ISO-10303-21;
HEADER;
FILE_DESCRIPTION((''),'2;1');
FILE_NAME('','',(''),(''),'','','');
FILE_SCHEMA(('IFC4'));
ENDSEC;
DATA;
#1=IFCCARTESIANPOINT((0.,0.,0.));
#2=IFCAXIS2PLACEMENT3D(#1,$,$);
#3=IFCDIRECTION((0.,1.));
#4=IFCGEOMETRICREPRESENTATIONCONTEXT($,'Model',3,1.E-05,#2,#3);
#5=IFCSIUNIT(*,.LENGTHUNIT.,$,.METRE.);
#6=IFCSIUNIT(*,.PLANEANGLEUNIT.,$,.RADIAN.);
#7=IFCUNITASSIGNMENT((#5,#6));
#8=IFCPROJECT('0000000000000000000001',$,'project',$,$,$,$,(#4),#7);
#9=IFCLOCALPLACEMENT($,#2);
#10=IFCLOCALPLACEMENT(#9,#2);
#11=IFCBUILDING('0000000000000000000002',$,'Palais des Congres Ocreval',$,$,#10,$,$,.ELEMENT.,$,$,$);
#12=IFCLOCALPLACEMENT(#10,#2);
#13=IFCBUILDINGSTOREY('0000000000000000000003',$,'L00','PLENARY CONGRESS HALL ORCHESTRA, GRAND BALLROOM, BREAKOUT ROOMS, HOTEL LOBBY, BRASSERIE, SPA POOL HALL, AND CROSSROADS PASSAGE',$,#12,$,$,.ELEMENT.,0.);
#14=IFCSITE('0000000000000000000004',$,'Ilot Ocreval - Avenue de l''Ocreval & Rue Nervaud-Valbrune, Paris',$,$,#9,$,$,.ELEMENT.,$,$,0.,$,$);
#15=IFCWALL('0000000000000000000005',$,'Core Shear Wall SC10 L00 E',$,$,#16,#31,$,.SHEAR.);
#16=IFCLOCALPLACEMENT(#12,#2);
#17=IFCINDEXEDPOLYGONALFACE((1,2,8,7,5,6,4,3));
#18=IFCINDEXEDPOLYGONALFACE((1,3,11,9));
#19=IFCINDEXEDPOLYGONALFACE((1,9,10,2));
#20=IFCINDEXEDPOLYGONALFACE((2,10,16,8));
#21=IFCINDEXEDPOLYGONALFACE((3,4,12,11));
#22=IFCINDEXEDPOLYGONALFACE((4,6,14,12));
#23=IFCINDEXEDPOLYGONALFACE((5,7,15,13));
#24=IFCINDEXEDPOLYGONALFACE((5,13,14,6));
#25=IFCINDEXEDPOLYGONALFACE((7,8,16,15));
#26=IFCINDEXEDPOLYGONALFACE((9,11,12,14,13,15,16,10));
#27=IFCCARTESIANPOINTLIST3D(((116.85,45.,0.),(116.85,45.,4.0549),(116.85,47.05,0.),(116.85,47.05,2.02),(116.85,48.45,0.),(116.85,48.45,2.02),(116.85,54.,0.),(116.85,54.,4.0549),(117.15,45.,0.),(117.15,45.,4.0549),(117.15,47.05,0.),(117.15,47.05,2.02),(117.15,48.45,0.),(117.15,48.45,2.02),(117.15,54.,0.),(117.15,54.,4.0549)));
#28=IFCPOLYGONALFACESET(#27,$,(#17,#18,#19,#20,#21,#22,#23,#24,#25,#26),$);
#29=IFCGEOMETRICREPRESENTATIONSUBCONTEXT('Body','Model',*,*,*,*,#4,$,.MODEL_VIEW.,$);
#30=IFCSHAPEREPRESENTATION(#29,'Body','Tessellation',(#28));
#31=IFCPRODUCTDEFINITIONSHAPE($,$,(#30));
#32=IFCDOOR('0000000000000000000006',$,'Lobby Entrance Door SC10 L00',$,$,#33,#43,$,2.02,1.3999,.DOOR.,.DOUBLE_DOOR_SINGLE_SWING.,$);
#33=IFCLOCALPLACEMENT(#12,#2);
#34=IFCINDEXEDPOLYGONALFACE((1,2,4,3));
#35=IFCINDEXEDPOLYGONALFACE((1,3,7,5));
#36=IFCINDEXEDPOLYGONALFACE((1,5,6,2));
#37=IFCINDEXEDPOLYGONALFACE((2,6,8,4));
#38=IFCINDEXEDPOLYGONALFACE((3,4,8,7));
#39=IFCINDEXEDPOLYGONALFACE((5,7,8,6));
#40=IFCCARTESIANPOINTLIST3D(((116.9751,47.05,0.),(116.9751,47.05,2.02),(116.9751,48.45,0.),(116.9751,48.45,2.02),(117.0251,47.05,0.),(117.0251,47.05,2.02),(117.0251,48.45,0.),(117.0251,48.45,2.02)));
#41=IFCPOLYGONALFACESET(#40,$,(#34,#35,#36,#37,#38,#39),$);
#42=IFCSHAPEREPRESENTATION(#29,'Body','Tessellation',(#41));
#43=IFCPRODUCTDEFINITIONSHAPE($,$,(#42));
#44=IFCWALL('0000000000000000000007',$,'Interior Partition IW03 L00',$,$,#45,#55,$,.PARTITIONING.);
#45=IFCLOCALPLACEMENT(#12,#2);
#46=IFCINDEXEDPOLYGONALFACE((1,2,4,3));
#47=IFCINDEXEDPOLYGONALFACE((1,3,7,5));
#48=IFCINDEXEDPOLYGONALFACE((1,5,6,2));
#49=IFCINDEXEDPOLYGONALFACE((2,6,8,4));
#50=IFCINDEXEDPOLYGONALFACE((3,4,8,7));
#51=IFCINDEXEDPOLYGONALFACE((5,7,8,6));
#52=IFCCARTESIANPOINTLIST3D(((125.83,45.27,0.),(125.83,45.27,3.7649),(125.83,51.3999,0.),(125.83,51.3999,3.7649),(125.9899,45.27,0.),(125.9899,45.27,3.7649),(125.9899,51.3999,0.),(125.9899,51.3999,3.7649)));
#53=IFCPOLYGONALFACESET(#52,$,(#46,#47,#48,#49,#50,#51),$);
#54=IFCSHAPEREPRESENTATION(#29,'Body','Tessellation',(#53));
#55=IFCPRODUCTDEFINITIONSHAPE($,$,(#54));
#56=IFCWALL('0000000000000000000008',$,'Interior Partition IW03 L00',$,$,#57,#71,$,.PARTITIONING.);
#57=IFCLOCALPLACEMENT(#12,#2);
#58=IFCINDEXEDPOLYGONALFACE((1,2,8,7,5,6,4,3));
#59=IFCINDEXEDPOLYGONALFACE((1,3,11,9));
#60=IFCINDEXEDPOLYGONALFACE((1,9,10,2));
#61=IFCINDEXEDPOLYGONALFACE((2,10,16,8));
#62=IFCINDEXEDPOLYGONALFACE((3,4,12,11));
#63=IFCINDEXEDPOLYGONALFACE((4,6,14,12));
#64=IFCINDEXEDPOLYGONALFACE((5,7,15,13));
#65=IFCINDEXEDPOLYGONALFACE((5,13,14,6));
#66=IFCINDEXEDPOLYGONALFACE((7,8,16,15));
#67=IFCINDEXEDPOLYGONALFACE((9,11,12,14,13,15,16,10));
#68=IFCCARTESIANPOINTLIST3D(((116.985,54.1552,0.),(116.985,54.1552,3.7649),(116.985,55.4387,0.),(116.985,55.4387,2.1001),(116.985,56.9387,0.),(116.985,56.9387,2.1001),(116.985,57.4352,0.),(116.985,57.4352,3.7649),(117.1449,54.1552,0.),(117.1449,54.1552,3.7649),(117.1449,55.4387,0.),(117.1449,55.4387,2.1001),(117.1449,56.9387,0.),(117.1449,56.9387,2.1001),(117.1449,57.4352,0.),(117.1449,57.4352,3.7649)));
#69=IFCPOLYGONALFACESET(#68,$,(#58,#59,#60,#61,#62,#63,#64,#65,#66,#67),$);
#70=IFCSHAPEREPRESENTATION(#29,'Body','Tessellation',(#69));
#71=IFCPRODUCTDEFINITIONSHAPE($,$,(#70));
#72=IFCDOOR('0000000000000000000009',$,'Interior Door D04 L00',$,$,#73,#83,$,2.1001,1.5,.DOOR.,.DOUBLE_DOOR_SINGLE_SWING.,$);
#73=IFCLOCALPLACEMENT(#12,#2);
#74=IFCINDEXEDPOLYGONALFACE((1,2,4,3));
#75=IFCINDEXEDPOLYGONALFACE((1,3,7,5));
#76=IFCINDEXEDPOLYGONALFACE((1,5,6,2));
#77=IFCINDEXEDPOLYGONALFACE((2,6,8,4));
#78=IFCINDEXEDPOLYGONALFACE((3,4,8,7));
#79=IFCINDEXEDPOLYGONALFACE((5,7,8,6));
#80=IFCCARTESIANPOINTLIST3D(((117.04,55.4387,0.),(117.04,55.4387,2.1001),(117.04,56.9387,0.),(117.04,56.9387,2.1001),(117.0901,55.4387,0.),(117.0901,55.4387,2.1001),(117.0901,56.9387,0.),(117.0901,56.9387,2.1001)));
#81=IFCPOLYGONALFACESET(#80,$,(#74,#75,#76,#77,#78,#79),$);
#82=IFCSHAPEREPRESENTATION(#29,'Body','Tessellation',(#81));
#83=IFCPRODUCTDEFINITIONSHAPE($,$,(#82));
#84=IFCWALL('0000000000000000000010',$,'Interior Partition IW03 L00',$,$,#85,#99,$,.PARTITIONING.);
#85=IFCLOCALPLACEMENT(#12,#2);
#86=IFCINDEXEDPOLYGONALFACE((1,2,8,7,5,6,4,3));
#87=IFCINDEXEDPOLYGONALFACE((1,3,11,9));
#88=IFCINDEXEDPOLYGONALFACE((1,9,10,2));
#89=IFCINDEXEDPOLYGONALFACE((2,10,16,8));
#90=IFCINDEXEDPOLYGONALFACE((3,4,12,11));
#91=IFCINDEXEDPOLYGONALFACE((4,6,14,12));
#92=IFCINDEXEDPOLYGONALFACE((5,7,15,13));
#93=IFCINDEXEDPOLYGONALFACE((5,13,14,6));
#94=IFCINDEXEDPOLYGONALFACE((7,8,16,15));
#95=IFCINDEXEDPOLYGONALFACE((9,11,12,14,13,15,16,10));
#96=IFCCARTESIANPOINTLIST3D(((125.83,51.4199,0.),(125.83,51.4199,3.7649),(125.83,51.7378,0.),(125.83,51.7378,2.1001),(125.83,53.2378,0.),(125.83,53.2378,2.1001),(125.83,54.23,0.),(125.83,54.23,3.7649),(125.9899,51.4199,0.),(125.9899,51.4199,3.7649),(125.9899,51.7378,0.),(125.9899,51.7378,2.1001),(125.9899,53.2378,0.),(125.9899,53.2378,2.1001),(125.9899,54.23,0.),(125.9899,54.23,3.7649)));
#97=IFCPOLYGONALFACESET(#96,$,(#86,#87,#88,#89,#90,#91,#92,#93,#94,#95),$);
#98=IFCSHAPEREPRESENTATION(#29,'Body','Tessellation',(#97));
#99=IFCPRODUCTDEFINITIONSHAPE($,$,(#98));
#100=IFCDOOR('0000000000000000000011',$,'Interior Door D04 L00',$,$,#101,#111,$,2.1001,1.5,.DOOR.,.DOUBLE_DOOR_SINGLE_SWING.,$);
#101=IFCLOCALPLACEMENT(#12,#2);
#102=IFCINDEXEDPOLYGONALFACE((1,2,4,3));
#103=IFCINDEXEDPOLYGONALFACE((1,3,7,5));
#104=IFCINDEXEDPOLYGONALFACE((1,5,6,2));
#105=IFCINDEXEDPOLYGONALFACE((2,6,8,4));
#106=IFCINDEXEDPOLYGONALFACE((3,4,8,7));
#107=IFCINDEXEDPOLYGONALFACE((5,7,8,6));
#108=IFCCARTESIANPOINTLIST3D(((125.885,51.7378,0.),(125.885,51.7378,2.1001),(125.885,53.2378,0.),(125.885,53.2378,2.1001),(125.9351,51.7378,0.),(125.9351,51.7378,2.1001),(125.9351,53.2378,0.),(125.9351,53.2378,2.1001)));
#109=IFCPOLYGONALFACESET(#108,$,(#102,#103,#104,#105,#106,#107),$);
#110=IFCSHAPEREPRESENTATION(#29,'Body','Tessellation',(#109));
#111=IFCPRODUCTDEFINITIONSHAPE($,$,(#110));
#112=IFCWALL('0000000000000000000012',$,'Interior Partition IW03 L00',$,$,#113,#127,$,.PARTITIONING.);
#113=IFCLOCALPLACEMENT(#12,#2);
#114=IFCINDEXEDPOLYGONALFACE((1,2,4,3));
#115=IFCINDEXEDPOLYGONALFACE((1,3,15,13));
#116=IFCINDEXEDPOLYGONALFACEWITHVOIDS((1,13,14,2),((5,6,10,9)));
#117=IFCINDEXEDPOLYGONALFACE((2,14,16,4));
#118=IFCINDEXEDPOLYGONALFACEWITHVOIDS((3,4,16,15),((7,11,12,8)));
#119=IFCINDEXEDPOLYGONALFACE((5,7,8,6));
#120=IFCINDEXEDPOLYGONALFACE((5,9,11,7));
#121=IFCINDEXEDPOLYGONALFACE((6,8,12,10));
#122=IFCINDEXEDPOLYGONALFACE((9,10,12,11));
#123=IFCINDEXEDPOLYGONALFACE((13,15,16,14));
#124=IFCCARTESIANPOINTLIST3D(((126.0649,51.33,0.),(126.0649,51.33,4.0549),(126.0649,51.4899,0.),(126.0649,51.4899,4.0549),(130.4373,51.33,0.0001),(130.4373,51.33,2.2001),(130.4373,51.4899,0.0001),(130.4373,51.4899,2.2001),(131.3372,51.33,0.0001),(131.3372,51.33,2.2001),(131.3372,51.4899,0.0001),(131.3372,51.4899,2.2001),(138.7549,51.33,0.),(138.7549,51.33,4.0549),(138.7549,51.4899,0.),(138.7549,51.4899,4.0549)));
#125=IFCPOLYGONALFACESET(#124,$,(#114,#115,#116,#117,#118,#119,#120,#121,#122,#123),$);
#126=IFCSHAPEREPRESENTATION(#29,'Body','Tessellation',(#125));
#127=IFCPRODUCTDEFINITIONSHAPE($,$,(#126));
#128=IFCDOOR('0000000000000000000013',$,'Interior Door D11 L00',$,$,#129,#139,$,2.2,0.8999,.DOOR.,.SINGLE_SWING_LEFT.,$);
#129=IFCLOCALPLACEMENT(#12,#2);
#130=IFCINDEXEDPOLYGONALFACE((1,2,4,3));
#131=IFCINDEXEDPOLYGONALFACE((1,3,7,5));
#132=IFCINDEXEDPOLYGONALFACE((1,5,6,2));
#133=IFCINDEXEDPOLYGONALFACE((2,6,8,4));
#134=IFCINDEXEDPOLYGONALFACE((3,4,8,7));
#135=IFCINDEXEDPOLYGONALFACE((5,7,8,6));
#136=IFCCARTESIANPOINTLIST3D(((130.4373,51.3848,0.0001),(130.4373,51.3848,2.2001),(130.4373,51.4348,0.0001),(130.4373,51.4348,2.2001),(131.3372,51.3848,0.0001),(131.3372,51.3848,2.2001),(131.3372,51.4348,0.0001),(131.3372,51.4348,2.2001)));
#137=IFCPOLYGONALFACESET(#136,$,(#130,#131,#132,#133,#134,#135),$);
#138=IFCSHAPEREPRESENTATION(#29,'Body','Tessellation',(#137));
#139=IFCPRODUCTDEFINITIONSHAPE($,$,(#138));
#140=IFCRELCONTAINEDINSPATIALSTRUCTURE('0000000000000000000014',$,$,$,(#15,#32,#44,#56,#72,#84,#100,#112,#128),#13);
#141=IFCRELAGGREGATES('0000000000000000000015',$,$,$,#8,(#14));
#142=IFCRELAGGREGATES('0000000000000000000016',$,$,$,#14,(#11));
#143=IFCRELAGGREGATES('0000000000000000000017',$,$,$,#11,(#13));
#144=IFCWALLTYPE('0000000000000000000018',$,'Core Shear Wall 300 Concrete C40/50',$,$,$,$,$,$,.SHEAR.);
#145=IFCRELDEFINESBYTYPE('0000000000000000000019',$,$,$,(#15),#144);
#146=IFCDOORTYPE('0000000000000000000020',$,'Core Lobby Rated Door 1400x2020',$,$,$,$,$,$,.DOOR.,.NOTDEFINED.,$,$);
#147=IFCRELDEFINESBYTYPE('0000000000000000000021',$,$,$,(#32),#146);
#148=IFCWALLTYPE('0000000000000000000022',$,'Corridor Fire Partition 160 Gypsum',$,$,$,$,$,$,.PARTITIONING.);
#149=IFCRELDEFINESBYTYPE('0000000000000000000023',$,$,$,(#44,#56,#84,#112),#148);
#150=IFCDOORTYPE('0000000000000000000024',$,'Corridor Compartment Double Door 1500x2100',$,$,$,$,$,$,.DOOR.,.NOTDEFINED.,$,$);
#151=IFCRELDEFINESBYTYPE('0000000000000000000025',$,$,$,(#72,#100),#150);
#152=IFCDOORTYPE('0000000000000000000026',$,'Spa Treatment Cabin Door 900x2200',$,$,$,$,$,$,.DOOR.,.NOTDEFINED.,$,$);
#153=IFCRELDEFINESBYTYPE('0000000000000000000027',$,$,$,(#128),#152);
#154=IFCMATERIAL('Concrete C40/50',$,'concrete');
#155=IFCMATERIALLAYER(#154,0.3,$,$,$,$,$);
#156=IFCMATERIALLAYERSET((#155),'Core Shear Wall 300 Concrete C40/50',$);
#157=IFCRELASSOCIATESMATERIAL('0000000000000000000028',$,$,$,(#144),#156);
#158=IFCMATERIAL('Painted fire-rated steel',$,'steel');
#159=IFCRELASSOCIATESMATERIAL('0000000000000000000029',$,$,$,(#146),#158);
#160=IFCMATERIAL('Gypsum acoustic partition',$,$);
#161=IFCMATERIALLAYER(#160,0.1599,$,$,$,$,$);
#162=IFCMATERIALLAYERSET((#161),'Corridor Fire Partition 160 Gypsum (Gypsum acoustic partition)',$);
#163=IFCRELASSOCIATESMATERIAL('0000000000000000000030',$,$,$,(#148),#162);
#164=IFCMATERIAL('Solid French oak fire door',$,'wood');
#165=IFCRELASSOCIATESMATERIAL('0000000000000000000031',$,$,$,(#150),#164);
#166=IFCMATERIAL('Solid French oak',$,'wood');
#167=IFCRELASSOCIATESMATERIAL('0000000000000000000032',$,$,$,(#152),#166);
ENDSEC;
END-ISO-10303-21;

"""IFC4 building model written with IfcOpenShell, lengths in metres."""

from ifc_helpers import new_model, si_unit, direction, frame, frame_2d, origin, place, context, subcontext, project, spatial, rectangle, extrude, material, layer, layer_set, type_object, element, fill, save


model = new_model("IFC4")

# Units and contexts
model_context = context("Model", 3, precision=1e-05, world=origin(), true_north=direction((0.0, 1.0)))
body_context = subcontext(model_context, "Body", "Model", "MODEL_VIEW")
ifc_project = project(units=[si_unit("LENGTHUNIT", "METRE"), si_unit("PLANEANGLEUNIT", "RADIAN")], contexts=[model_context])

# Site, building, storey
site_placement = place(None, origin())
site = spatial("IfcSite", under=ifc_project, at=site_placement, Name="Ilot Ocreval - Avenue de l'Ocreval & Rue Nervaud-Valbrune, Paris", CompositionType="ELEMENT", RefElevation=0.0)
building_placement = place(site_placement, origin())
building = spatial("IfcBuilding", under=site, at=building_placement, Name="Palais des Congres Ocreval", CompositionType="ELEMENT")
storey_placement = place(building_placement, origin())
storey = spatial("IfcBuildingStorey", under=building, at=storey_placement, Name="L00", Description="PLENARY CONGRESS HALL ORCHESTRA, GRAND BALLROOM, BREAKOUT ROOMS, HOTEL LOBBY, BRASSERIE, SPA POOL HALL, AND CROSSROADS PASSAGE", CompositionType="ELEMENT", Elevation=0.0)

# Wall, opening, door
ifc_material_1 = material(Name="Concrete C40/50", Category="concrete")
ifc_layer_1 = layer(ifc_material_1, 0.3)
ifc_layer_set_1 = layer_set([ifc_layer_1], Name="Core Shear Wall 300 Concrete C40/50")
wall_type_1 = type_object("IfcWallType", Name="Core Shear Wall 300 Concrete C40/50", PredefinedType="SHEAR", material=ifc_layer_set_1)
wall_1_placement = place(storey_placement, frame((117.0, 45.0, 0.0), z_axis=(0.0, 0.0, 1.0), x_axis=(0.0, 1.0, 0.0)))
wall_1 = element("IfcWall", 1, at=wall_1_placement, inside=storey, type_object=wall_type_1, Name="Core Shear Wall SC10 L00 E", PredefinedType="SHEAR", context=body_context, shape_type="SweptSolid", body=[
    extrude(rectangle(XDim=9.0, YDim=0.3, at=frame_2d((4.5, 0.0))), origin(), (0.0, 0.0, 1.0), 4.0549),
])
opening_1_placement = place(wall_1_placement, frame((2.05, 0.0, 0.0)))
opening_1 = element("IfcOpeningElement", 2, at=opening_1_placement, cuts=wall_1, PredefinedType="OPENING", context=body_context, shape_type="SweptSolid", body=[
    extrude(rectangle(XDim=1.3999, YDim=2.02, at=frame_2d((0.7, 1.01))), frame((0.0, 0.1599, 0.0), z_axis=(0.0, -1.0, 0.0), x_axis=(1.0, 0.0, 0.0)), (0.0, 0.0, 1.0), 0.3201),
])
ifc_material_2 = material(Name="Painted fire-rated steel", Category="steel")
door_type_1 = type_object("IfcDoorType", Name="Core Lobby Rated Door 1400x2020", OperationType="NOTDEFINED", PredefinedType="DOOR", material=ifc_material_2)
door_1_placement = place(opening_1_placement, origin())
door_1 = element("IfcDoor", 3, at=door_1_placement, inside=storey, type_object=door_type_1, Name="Lobby Entrance Door SC10 L00", OperationType="DOUBLE_DOOR_SINGLE_SWING", OverallHeight=2.02, OverallWidth=1.3999, PredefinedType="DOOR", context=body_context, shape_type="SweptSolid", body=[
    extrude(rectangle(XDim=1.3999, YDim=2.02, at=frame_2d((0.7, 1.01))), frame((0.0, 0.0249, 0.0), z_axis=(0.0, -1.0, 0.0), x_axis=(1.0, 0.0, 0.0)), (0.0, 0.0, 1.0), 0.05),
])
fill(opening_1, door_1)

# Wall
ifc_material_3 = material(Name="Gypsum acoustic partition")
ifc_layer_2 = layer(ifc_material_3, 0.1599)
ifc_layer_set_2 = layer_set([ifc_layer_2], Name="Corridor Fire Partition 160 Gypsum (Gypsum acoustic partition)")
wall_type_2 = type_object("IfcWallType", Name="Corridor Fire Partition 160 Gypsum", PredefinedType="PARTITIONING", material=ifc_layer_set_2)
wall_2_placement = place(storey_placement, frame((125.9099, 45.27, 0.0), z_axis=(0.0, 0.0, 1.0), x_axis=(0.0, 1.0, 0.0)))
element("IfcWall", 4, at=wall_2_placement, inside=storey, type_object=wall_type_2, Name="Interior Partition IW03 L00", PredefinedType="PARTITIONING", context=body_context, shape_type="SweptSolid", body=[
    extrude(rectangle(XDim=6.1299, YDim=0.1599, at=frame_2d((3.0649, 0.0))), origin(), (0.0, 0.0, 1.0), 3.7649),
])

# Walls, openings, doors
wall_3_placement = place(storey_placement, frame((117.0649, 54.155, 0.0), z_axis=(0.0, 0.0, 1.0), x_axis=(0.0, 1.0, 0.0)))
wall_3 = element("IfcWall", 5, at=wall_3_placement, inside=storey, type_object=wall_type_2, Name="Interior Partition IW03 L00", PredefinedType="PARTITIONING", context=body_context, shape_type="SweptSolid", body=[
    extrude(rectangle(XDim=3.28, YDim=0.1599, at=frame_2d((1.6401, 0.0))), origin(), (0.0, 0.0, 1.0), 3.7649),
])
opening_2_placement = place(wall_3_placement, frame((1.2837, 0.0, 0.0)))
opening_2 = element("IfcOpeningElement", 6, at=opening_2_placement, cuts=wall_3, PredefinedType="OPENING", context=body_context, shape_type="SweptSolid", body=[
    extrude(rectangle(XDim=1.5, YDim=2.1001, at=frame_2d((0.75, 1.05))), frame((0.0, 0.0898, 0.0), z_axis=(0.0, -1.0, 0.0), x_axis=(1.0, 0.0, 0.0)), (0.0, 0.0, 1.0), 0.1799),
])
ifc_material_4 = material(Name="Solid French oak fire door", Category="wood")
door_type_2 = type_object("IfcDoorType", Name="Corridor Compartment Double Door 1500x2100", OperationType="NOTDEFINED", PredefinedType="DOOR", material=ifc_material_4)
door_2_placement = place(opening_2_placement, origin())
door_2 = element("IfcDoor", 7, at=door_2_placement, inside=storey, type_object=door_type_2, Name="Interior Door D04 L00", OperationType="DOUBLE_DOOR_SINGLE_SWING", OverallHeight=2.1001, OverallWidth=1.5, PredefinedType="DOOR", context=body_context, shape_type="SweptSolid", body=[
    extrude(rectangle(XDim=1.5, YDim=2.1001, at=frame_2d((0.75, 1.05))), frame((0.0, 0.0249, 0.0), z_axis=(0.0, -1.0, 0.0), x_axis=(1.0, 0.0, 0.0)), (0.0, 0.0, 1.0), 0.05),
])
fill(opening_2, door_2)
wall_4_placement = place(storey_placement, frame((125.9099, 51.4199, 0.0), z_axis=(0.0, 0.0, 1.0), x_axis=(0.0, 1.0, 0.0)))
wall_4 = element("IfcWall", 8, at=wall_4_placement, inside=storey, type_object=wall_type_2, Name="Interior Partition IW03 L00", PredefinedType="PARTITIONING", context=body_context, shape_type="SweptSolid", body=[
    extrude(rectangle(XDim=2.8101, YDim=0.1599, at=frame_2d((1.405, 0.0))), origin(), (0.0, 0.0, 1.0), 3.7649),
])
opening_3_placement = place(wall_4_placement, frame((0.3179, 0.0, 0.0)))
opening_3 = element("IfcOpeningElement", 9, at=opening_3_placement, cuts=wall_4, PredefinedType="OPENING", context=body_context, shape_type="SweptSolid", body=[
    extrude(rectangle(XDim=1.5, YDim=2.1001, at=frame_2d((0.75, 1.05))), frame((0.0, 0.0898, 0.0), z_axis=(0.0, -1.0, 0.0), x_axis=(1.0, 0.0, 0.0)), (0.0, 0.0, 1.0), 0.1799),
])
door_3_placement = place(opening_3_placement, origin())
door_3 = element("IfcDoor", 10, at=door_3_placement, inside=storey, type_object=door_type_2, Name="Interior Door D04 L00", OperationType="DOUBLE_DOOR_SINGLE_SWING", OverallHeight=2.1001, OverallWidth=1.5, PredefinedType="DOOR", context=body_context, shape_type="SweptSolid", body=[
    extrude(rectangle(XDim=1.5, YDim=2.1001, at=frame_2d((0.75, 1.05))), frame((0.0, 0.0249, 0.0), z_axis=(0.0, -1.0, 0.0), x_axis=(1.0, 0.0, 0.0)), (0.0, 0.0, 1.0), 0.05),
])
fill(opening_3, door_3)
wall_5_placement = place(storey_placement, frame((126.0649, 51.4099, 0.0), z_axis=(0.0, 0.0, 1.0), x_axis=(1.0, 0.0, 0.0)))
wall_5 = element("IfcWall", 11, at=wall_5_placement, inside=storey, type_object=wall_type_2, Name="Interior Partition IW03 L00", PredefinedType="PARTITIONING", context=body_context, shape_type="SweptSolid", body=[
    extrude(rectangle(XDim=12.6899, YDim=0.1599, at=frame_2d((6.345, 0.0))), origin(), (0.0, 0.0, 1.0), 4.0549),
])
opening_4_placement = place(wall_5_placement, frame((4.3723, 0.0, 0.0)))
opening_4 = element("IfcOpeningElement", 12, at=opening_4_placement, cuts=wall_5, PredefinedType="OPENING", context=body_context, shape_type="SweptSolid", body=[
    extrude(rectangle(XDim=0.8999, YDim=2.2, at=frame_2d((0.45, 1.1001))), frame((0.0, 0.0898, 0.0), z_axis=(0.0, -1.0, 0.0), x_axis=(1.0, 0.0, 0.0)), (0.0, 0.0, 1.0), 0.1799),
])
ifc_material_5 = material(Name="Solid French oak", Category="wood")
door_type_3 = type_object("IfcDoorType", Name="Spa Treatment Cabin Door 900x2200", OperationType="NOTDEFINED", PredefinedType="DOOR", material=ifc_material_5)
door_4_placement = place(opening_4_placement, origin())
door_4 = element("IfcDoor", 13, at=door_4_placement, inside=storey, type_object=door_type_3, Name="Interior Door D11 L00", OperationType="SINGLE_SWING_LEFT", OverallHeight=2.2, OverallWidth=0.8999, PredefinedType="DOOR", context=body_context, shape_type="SweptSolid", body=[
    extrude(rectangle(XDim=0.8999, YDim=2.2, at=frame_2d((0.45, 1.1001))), frame((0.0, 0.0249, 0.0), z_axis=(0.0, -1.0, 0.0), x_axis=(1.0, 0.0, 0.0)), (0.0, 0.0, 1.0), 0.05),
])
fill(opening_4, door_4)

save(model, "model.ifc")
